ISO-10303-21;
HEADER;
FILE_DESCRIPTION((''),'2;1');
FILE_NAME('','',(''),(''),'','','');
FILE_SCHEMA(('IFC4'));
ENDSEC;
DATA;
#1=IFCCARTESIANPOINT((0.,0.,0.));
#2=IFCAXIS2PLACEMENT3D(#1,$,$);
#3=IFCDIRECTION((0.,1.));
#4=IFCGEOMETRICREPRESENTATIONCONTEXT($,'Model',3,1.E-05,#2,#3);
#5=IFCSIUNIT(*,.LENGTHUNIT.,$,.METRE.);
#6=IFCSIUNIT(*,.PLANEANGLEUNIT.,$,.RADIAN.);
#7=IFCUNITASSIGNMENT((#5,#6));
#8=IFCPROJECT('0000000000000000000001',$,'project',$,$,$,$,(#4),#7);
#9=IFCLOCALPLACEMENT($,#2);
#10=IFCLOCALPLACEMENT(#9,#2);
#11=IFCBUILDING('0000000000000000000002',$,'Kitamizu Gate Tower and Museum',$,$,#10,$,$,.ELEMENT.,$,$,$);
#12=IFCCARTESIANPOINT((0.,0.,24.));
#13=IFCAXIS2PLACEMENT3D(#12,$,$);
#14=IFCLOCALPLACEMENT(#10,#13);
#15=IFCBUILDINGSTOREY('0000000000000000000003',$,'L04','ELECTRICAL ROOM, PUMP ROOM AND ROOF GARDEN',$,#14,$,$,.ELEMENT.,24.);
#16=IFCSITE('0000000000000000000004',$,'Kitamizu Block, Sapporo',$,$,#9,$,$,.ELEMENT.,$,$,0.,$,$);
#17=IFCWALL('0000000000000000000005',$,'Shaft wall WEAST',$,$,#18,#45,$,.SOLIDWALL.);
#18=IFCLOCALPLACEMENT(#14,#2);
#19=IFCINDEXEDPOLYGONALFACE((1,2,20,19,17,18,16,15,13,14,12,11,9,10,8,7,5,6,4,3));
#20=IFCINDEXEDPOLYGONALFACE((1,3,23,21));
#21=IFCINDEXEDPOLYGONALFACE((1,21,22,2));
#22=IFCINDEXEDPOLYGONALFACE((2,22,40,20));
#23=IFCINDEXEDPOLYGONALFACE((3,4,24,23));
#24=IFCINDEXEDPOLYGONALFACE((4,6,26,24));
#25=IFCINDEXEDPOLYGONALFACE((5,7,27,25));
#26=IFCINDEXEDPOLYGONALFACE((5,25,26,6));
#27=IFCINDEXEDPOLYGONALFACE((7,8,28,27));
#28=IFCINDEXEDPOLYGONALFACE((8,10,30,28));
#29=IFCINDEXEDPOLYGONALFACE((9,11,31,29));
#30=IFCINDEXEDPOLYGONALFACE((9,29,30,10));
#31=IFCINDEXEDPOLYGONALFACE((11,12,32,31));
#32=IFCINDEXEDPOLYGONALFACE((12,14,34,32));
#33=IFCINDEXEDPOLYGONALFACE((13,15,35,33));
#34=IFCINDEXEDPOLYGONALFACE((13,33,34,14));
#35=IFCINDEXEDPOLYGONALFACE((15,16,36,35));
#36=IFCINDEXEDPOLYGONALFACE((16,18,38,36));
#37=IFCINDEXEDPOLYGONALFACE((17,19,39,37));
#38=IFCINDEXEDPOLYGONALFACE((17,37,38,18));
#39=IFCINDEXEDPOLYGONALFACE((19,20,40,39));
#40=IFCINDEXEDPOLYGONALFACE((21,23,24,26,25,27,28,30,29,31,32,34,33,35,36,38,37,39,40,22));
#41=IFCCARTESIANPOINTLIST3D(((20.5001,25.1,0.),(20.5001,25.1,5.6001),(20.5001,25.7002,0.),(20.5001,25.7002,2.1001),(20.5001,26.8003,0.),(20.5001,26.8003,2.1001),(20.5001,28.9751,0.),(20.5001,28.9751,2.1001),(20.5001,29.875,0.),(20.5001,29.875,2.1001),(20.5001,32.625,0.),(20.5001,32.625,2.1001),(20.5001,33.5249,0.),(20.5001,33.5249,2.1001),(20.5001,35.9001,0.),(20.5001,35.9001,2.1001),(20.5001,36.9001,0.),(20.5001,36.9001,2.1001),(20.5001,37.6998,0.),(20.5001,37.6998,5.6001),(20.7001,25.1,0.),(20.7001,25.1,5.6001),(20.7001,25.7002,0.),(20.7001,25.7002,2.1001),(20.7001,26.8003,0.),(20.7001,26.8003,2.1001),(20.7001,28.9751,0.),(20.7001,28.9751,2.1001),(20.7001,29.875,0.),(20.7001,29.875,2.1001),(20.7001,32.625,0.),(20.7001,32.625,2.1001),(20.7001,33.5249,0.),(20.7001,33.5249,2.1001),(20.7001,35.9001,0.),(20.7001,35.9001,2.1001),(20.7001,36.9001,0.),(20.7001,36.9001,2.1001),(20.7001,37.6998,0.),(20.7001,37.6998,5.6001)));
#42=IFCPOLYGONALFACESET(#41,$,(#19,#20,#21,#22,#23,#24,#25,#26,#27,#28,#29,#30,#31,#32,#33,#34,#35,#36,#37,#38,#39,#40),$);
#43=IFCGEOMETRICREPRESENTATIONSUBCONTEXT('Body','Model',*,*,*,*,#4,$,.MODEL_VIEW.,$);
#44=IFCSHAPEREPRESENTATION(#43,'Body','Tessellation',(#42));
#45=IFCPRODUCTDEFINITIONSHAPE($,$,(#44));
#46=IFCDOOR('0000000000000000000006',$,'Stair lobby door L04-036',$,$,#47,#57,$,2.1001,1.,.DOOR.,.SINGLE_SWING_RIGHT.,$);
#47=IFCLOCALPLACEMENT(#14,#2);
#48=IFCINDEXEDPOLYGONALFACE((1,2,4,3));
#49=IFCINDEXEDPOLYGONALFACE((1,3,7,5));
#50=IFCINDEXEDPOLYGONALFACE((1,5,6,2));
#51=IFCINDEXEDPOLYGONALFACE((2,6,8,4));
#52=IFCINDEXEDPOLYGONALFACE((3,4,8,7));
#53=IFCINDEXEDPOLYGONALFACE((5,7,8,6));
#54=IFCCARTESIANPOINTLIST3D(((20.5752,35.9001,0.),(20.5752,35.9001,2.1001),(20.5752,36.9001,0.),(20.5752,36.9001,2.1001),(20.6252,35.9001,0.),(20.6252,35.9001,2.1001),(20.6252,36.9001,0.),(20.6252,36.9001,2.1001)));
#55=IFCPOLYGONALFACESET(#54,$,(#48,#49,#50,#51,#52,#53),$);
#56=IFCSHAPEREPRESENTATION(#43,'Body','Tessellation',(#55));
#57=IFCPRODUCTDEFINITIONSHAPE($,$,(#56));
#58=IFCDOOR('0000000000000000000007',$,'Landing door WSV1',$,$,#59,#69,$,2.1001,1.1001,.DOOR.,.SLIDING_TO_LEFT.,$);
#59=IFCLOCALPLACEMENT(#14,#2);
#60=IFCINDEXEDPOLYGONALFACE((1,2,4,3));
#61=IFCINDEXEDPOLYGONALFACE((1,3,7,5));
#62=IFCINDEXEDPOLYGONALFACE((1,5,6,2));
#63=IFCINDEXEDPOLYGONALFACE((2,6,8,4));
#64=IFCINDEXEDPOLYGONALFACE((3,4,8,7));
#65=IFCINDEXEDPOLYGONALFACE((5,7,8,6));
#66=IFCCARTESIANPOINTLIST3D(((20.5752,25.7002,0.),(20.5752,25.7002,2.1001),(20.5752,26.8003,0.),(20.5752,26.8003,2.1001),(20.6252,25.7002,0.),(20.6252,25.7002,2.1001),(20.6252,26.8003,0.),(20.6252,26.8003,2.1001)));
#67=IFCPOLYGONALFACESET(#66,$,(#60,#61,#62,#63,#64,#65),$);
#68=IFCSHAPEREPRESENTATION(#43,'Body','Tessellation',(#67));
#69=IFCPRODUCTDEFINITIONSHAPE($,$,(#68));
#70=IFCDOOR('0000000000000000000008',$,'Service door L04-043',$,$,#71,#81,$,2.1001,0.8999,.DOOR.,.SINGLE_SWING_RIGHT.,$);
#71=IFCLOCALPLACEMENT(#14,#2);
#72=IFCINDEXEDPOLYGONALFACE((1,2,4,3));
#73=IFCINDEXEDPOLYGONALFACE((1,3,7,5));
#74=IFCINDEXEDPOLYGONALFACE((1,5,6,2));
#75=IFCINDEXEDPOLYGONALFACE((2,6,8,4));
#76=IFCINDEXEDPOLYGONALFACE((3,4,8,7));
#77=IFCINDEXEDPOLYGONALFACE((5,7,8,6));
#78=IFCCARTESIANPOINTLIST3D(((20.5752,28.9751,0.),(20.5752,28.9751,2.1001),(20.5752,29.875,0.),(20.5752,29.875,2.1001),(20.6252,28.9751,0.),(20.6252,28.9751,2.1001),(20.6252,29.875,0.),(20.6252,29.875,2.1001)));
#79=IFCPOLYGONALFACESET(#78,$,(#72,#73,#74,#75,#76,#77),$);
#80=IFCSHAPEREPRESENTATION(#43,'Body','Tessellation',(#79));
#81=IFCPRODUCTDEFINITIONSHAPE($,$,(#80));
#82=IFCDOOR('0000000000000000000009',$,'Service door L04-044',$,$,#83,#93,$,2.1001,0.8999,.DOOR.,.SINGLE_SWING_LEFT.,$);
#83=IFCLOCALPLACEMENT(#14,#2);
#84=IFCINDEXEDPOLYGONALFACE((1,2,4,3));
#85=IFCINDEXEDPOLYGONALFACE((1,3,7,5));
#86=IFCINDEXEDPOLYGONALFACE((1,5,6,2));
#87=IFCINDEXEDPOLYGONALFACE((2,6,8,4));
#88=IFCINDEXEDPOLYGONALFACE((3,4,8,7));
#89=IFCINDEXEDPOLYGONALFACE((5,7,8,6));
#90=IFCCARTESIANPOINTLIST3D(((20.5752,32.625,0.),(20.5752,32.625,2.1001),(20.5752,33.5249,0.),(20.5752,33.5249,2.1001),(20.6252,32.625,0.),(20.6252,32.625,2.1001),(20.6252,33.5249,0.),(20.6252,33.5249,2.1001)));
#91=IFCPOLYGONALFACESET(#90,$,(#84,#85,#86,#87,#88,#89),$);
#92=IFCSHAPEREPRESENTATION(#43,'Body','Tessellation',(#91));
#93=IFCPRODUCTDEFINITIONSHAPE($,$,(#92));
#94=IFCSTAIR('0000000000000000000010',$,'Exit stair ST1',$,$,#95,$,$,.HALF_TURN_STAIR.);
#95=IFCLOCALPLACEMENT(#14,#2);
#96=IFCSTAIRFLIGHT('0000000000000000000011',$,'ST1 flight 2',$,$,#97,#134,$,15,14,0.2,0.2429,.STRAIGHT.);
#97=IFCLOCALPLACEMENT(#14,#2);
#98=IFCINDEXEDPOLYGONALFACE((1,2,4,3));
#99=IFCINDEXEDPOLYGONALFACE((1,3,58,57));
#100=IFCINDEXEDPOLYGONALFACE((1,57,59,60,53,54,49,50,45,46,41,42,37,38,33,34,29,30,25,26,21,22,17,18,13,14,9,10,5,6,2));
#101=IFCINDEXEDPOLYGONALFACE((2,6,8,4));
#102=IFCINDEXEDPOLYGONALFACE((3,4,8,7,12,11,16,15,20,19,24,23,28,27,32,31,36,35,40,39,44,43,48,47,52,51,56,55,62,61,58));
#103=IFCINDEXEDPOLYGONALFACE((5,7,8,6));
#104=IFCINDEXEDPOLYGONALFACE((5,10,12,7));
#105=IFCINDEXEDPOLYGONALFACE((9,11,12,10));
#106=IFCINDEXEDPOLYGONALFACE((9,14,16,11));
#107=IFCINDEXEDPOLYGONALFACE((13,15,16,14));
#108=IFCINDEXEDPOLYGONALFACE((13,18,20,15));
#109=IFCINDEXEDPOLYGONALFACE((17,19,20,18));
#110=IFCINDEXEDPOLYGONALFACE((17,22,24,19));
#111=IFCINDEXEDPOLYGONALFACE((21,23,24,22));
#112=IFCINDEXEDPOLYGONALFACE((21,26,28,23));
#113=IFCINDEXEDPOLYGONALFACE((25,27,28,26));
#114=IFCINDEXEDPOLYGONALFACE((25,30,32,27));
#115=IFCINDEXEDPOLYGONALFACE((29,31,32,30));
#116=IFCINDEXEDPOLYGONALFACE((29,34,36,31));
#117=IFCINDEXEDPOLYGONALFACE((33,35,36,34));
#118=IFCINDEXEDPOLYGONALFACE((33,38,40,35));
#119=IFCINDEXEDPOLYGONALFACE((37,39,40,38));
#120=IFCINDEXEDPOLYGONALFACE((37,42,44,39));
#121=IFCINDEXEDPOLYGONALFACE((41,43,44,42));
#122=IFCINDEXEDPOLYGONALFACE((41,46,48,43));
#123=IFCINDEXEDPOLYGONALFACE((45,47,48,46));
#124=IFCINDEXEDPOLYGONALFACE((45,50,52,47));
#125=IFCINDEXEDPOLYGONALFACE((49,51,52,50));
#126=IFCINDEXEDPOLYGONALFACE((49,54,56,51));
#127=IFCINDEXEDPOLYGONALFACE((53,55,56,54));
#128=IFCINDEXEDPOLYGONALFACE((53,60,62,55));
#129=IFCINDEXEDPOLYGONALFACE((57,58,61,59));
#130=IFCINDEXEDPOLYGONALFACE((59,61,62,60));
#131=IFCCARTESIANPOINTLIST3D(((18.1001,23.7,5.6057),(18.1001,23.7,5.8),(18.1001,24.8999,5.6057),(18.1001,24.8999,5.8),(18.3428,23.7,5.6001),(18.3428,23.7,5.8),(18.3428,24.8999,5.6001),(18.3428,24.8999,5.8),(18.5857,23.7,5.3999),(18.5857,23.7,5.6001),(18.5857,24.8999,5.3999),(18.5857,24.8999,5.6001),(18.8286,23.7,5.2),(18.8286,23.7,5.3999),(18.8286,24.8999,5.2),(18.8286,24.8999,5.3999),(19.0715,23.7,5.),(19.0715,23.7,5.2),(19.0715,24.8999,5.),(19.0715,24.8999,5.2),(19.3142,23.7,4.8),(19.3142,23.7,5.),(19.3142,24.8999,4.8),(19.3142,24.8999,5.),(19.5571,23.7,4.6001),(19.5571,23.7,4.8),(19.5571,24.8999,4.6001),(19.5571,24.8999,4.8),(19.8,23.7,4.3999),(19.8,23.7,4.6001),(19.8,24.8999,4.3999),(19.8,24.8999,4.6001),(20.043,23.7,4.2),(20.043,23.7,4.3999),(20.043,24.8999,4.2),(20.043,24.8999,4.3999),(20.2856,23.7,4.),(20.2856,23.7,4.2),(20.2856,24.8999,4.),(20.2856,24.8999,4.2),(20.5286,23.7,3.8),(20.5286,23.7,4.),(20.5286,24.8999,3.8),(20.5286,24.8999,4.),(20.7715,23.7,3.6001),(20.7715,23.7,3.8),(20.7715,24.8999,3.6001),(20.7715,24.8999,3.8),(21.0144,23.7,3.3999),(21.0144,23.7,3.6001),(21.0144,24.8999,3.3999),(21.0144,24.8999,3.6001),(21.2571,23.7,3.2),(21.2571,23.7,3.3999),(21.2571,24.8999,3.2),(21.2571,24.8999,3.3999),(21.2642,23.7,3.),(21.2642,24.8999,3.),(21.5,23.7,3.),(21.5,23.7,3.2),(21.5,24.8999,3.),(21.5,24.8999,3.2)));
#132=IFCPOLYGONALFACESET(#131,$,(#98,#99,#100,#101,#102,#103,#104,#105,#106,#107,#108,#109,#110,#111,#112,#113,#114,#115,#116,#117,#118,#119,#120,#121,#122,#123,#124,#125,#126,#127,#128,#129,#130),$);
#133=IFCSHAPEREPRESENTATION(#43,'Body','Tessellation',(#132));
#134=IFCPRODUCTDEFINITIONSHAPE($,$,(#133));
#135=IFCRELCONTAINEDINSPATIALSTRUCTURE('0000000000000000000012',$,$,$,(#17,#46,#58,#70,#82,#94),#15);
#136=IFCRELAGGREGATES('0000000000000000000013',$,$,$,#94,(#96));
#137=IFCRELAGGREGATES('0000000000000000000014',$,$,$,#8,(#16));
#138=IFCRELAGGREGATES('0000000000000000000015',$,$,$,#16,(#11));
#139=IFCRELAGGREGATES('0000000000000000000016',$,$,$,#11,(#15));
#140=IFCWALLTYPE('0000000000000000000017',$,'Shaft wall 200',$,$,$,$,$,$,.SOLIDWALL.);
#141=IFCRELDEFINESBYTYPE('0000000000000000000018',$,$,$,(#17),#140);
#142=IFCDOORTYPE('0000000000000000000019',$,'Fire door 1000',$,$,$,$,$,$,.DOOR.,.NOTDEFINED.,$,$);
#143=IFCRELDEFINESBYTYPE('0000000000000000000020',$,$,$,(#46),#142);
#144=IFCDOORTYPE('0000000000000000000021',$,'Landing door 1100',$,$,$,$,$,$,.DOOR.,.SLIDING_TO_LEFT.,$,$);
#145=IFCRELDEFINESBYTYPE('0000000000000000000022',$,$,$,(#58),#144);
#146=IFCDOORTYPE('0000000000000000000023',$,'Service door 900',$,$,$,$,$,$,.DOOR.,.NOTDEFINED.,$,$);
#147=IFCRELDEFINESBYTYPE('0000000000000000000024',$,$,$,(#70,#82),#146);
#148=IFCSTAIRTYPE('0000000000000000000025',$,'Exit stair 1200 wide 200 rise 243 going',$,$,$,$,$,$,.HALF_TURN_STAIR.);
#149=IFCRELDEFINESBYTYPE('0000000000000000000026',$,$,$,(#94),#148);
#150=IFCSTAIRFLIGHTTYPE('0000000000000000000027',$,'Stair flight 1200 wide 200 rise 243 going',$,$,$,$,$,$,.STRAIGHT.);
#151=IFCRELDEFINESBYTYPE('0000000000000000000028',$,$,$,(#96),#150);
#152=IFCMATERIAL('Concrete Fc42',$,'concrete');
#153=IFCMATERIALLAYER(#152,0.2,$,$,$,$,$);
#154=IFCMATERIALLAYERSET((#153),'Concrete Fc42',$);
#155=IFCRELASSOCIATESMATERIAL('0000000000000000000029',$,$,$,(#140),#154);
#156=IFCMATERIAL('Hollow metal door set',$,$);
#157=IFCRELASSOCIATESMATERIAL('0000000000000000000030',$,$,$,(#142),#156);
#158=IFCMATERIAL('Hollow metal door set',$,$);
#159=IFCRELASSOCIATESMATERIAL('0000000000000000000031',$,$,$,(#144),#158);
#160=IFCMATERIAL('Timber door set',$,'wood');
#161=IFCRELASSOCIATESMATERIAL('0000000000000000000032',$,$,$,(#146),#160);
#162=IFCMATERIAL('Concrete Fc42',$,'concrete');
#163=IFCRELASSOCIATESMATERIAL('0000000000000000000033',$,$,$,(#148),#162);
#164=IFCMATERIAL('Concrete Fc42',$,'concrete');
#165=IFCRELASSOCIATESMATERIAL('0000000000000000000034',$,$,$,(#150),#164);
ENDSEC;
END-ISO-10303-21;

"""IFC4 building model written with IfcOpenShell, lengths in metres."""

from ifc_helpers import new_model, si_unit, direction, frame, frame_2d, origin, place, context, subcontext, project, spatial, polyline, rectangle, outline, extrude, material, layer, layer_set, type_object, element, fill, aggregate, save


model = new_model("IFC4")

# Units and contexts
model_context = context("Model", 3, precision=1e-05, world=origin(), true_north=direction((0.0, 1.0)))
body_context = subcontext(model_context, "Body", "Model", "MODEL_VIEW")
ifc_project = project(units=[si_unit("LENGTHUNIT", "METRE"), si_unit("PLANEANGLEUNIT", "RADIAN")], contexts=[model_context])

# Site, building, storey
site_placement = place(None, origin())
site = spatial("IfcSite", under=ifc_project, at=site_placement, Name="Kitamizu Block, Sapporo", CompositionType="ELEMENT", RefElevation=0.0)
building_placement = place(site_placement, origin())
building = spatial("IfcBuilding", under=site, at=building_placement, Name="Kitamizu Gate Tower and Museum", CompositionType="ELEMENT")
storey_placement = place(building_placement, frame((0.0, 0.0, 24.0)))
storey = spatial("IfcBuildingStorey", under=building, at=storey_placement, Name="L04", Description="ELECTRICAL ROOM, PUMP ROOM AND ROOF GARDEN", CompositionType="ELEMENT", Elevation=24.0)

# Wall, openings, doors
ifc_material_1 = material(Name="Concrete Fc42", Category="concrete")
ifc_layer_1 = layer(ifc_material_1, 0.2)
ifc_layer_set_1 = layer_set([ifc_layer_1], Name="Concrete Fc42")
wall_type_1 = type_object("IfcWallType", Name="Shaft wall 200", PredefinedType="SOLIDWALL", material=ifc_layer_set_1)
wall_1_placement = place(storey_placement, frame((20.6001, 25.1001, 0.0), z_axis=(0.0, 0.0, 1.0), x_axis=(0.0, 1.0, 0.0)))
wall_1 = element("IfcWall", 1, at=wall_1_placement, inside=storey, type_object=wall_type_1, Name="Shaft wall WEAST", PredefinedType="SOLIDWALL", context=body_context, shape_type="SweptSolid", body=[
    extrude(rectangle(XDim=12.5999, YDim=0.2, at=frame_2d((6.2998, 0.0))), origin(), (0.0, 0.0, 1.0), 5.6001),
])
opening_1_placement = place(wall_1_placement, frame((0.6001, 0.0, 0.0)))
opening_1 = element("IfcOpeningElement", 2, at=opening_1_placement, cuts=wall_1, PredefinedType="OPENING", context=body_context, shape_type="SweptSolid", body=[
    extrude(rectangle(XDim=1.1001, YDim=2.1001, at=frame_2d((0.55, 1.05))), frame((0.0, 0.1099, 0.0), z_axis=(0.0, -1.0, 0.0), x_axis=(1.0, 0.0, 0.0)), (0.0, 0.0, 1.0), 0.22),
])
opening_2_placement = place(wall_1_placement, frame((10.8, 0.0, 0.0)))
opening_2 = element("IfcOpeningElement", 3, at=opening_2_placement, cuts=wall_1, PredefinedType="OPENING", context=body_context, shape_type="SweptSolid", body=[
    extrude(rectangle(XDim=1.0, YDim=2.1001, at=frame_2d((0.5, 1.05))), frame((0.0, 0.1099, 0.0), z_axis=(0.0, -1.0, 0.0), x_axis=(1.0, 0.0, 0.0)), (0.0, 0.0, 1.0), 0.22),
])
opening_3_placement = place(wall_1_placement, frame((3.875, 0.0, 0.0)))
opening_3 = element("IfcOpeningElement", 4, at=opening_3_placement, cuts=wall_1, PredefinedType="OPENING", context=body_context, shape_type="SweptSolid", body=[
    extrude(rectangle(XDim=0.8999, YDim=2.1001, at=frame_2d((0.45, 1.05))), frame((0.0, 0.1099, 0.0), z_axis=(0.0, -1.0, 0.0), x_axis=(1.0, 0.0, 0.0)), (0.0, 0.0, 1.0), 0.22),
])
opening_4_placement = place(wall_1_placement, frame((7.5249, 0.0, 0.0)))
opening_4 = element("IfcOpeningElement", 5, at=opening_4_placement, cuts=wall_1, PredefinedType="OPENING", context=body_context, shape_type="SweptSolid", body=[
    extrude(rectangle(XDim=0.8999, YDim=2.1001, at=frame_2d((0.45, 1.05))), frame((0.0, 0.1099, 0.0), z_axis=(0.0, -1.0, 0.0), x_axis=(1.0, 0.0, 0.0)), (0.0, 0.0, 1.0), 0.22),
])
ifc_material_2 = material(Name="Hollow metal door set")
door_type_1 = type_object("IfcDoorType", Name="Fire door 1000", OperationType="NOTDEFINED", PredefinedType="DOOR", material=ifc_material_2)
door_1_placement = place(opening_2_placement, origin())
door_1 = element("IfcDoor", 6, at=door_1_placement, inside=storey, type_object=door_type_1, Name="Stair lobby door L04-036", OperationType="SINGLE_SWING_RIGHT", OverallHeight=2.1001, OverallWidth=1.0, PredefinedType="DOOR", context=body_context, shape_type="SweptSolid", body=[
    extrude(rectangle(XDim=1.0, YDim=2.1001, at=frame_2d((0.5, 1.05))), frame((0.0, 0.0249, 0.0), z_axis=(0.0, -1.0, 0.0), x_axis=(1.0, 0.0, 0.0)), (0.0, 0.0, 1.0), 0.05),
])
fill(opening_2, door_1)
ifc_material_3 = material(Name="Hollow metal door set")
door_type_2 = type_object("IfcDoorType", Name="Landing door 1100", OperationType="SLIDING_TO_LEFT", PredefinedType="DOOR", material=ifc_material_3)
door_2_placement = place(opening_1_placement, origin())
door_2 = element("IfcDoor", 7, at=door_2_placement, inside=storey, type_object=door_type_2, Name="Landing door WSV1", OperationType="SLIDING_TO_LEFT", OverallHeight=2.1001, OverallWidth=1.1001, PredefinedType="DOOR", context=body_context, shape_type="SweptSolid", body=[
    extrude(rectangle(XDim=1.1001, YDim=2.1001, at=frame_2d((0.55, 1.05))), frame((0.0, 0.0249, 0.0), z_axis=(0.0, -1.0, 0.0), x_axis=(1.0, 0.0, 0.0)), (0.0, 0.0, 1.0), 0.05),
])
fill(opening_1, door_2)
ifc_material_4 = material(Name="Timber door set", Category="wood")
door_type_3 = type_object("IfcDoorType", Name="Service door 900", OperationType="NOTDEFINED", PredefinedType="DOOR", material=ifc_material_4)
door_3_placement = place(opening_3_placement, origin())
door_3 = element("IfcDoor", 8, at=door_3_placement, inside=storey, type_object=door_type_3, Name="Service door L04-043", OperationType="SINGLE_SWING_RIGHT", OverallHeight=2.1001, OverallWidth=0.8999, PredefinedType="DOOR", context=body_context, shape_type="SweptSolid", body=[
    extrude(rectangle(XDim=0.8999, YDim=2.1001, at=frame_2d((0.45, 1.05))), frame((0.0, 0.0249, 0.0), z_axis=(0.0, -1.0, 0.0), x_axis=(1.0, 0.0, 0.0)), (0.0, 0.0, 1.0), 0.05),
])
fill(opening_3, door_3)
door_4_placement = place(opening_4_placement, origin())
door_4 = element("IfcDoor", 9, at=door_4_placement, inside=storey, type_object=door_type_3, Name="Service door L04-044", OperationType="SINGLE_SWING_LEFT", OverallHeight=2.1001, OverallWidth=0.8999, PredefinedType="DOOR", context=body_context, shape_type="SweptSolid", body=[
    extrude(rectangle(XDim=0.8999, YDim=2.1001, at=frame_2d((0.45, 1.05))), frame((0.0, 0.0249, 0.0), z_axis=(0.0, -1.0, 0.0), x_axis=(1.0, 0.0, 0.0)), (0.0, 0.0, 1.0), 0.05),
])
fill(opening_4, door_4)

# Stair, stair flight
ifc_material_5 = material(Name="Concrete Fc42", Category="concrete")
stair_type = type_object("IfcStairType", Name="Exit stair 1200 wide 200 rise 243 going", PredefinedType="HALF_TURN_STAIR", material=ifc_material_5)
stair_placement = place(storey_placement, origin())
stair = element("IfcStair", 10, at=stair_placement, inside=storey, type_object=stair_type, Name="Exit stair ST1", PredefinedType="HALF_TURN_STAIR")
ifc_material_6 = material(Name="Concrete Fc42", Category="concrete")
stair_flight_type = type_object("IfcStairFlightType", Name="Stair flight 1200 wide 200 rise 243 going", PredefinedType="STRAIGHT", material=ifc_material_6)
stair_flight_placement = place(storey_placement, frame((21.5, 24.3, 3.0), z_axis=(0.0, 0.0, 1.0), x_axis=(-1.0, 0.0, 0.0)))
stair_flight = element("IfcStairFlight", 11, at=stair_flight_placement, type_object=stair_flight_type, Name="ST1 flight 2", NumberOfRisers=15, NumberOfTreads=14, PredefinedType="STRAIGHT", RiserHeight=0.2, TreadLength=0.2429, context=body_context, shape_type="SweptSolid", body=[
    extrude(outline(polyline([(0.0, 0.0), (0.0, 0.2), (0.2429, 0.2), (0.2429, 0.3999), (0.4856, 0.3999), (0.4856, 0.6001), (0.7285, 0.6001), (0.7285, 0.8), (0.9714, 0.8), (0.9714, 1.0), (1.2144, 1.0), (1.2144, 1.2), (1.457, 1.2), (1.457, 1.3999), (1.7, 1.3999), (1.7, 1.6001), (1.9429, 1.6001), (1.9429, 1.8), (2.1858, 1.8), (2.1858, 2.0), (2.4285, 2.0), (2.4285, 2.2), (2.6714, 2.2), (2.6714, 2.3999), (2.9143, 2.3999), (2.9143, 2.6001), (3.1572, 2.6001), (3.1572, 2.8), (3.3999, 2.8), (3.3999, 3.0), (3.3999, 2.6057), (0.2358, 0.0), (0.0, 0.0)])), frame((0.0, 0.6001, 0.0), z_axis=(0.0, -1.0, 0.0), x_axis=(1.0, 0.0, 0.0)), (0.0, 0.0, 1.0), 1.2),
])
aggregate(stair, [stair_flight])

save(model, "model.ifc")
